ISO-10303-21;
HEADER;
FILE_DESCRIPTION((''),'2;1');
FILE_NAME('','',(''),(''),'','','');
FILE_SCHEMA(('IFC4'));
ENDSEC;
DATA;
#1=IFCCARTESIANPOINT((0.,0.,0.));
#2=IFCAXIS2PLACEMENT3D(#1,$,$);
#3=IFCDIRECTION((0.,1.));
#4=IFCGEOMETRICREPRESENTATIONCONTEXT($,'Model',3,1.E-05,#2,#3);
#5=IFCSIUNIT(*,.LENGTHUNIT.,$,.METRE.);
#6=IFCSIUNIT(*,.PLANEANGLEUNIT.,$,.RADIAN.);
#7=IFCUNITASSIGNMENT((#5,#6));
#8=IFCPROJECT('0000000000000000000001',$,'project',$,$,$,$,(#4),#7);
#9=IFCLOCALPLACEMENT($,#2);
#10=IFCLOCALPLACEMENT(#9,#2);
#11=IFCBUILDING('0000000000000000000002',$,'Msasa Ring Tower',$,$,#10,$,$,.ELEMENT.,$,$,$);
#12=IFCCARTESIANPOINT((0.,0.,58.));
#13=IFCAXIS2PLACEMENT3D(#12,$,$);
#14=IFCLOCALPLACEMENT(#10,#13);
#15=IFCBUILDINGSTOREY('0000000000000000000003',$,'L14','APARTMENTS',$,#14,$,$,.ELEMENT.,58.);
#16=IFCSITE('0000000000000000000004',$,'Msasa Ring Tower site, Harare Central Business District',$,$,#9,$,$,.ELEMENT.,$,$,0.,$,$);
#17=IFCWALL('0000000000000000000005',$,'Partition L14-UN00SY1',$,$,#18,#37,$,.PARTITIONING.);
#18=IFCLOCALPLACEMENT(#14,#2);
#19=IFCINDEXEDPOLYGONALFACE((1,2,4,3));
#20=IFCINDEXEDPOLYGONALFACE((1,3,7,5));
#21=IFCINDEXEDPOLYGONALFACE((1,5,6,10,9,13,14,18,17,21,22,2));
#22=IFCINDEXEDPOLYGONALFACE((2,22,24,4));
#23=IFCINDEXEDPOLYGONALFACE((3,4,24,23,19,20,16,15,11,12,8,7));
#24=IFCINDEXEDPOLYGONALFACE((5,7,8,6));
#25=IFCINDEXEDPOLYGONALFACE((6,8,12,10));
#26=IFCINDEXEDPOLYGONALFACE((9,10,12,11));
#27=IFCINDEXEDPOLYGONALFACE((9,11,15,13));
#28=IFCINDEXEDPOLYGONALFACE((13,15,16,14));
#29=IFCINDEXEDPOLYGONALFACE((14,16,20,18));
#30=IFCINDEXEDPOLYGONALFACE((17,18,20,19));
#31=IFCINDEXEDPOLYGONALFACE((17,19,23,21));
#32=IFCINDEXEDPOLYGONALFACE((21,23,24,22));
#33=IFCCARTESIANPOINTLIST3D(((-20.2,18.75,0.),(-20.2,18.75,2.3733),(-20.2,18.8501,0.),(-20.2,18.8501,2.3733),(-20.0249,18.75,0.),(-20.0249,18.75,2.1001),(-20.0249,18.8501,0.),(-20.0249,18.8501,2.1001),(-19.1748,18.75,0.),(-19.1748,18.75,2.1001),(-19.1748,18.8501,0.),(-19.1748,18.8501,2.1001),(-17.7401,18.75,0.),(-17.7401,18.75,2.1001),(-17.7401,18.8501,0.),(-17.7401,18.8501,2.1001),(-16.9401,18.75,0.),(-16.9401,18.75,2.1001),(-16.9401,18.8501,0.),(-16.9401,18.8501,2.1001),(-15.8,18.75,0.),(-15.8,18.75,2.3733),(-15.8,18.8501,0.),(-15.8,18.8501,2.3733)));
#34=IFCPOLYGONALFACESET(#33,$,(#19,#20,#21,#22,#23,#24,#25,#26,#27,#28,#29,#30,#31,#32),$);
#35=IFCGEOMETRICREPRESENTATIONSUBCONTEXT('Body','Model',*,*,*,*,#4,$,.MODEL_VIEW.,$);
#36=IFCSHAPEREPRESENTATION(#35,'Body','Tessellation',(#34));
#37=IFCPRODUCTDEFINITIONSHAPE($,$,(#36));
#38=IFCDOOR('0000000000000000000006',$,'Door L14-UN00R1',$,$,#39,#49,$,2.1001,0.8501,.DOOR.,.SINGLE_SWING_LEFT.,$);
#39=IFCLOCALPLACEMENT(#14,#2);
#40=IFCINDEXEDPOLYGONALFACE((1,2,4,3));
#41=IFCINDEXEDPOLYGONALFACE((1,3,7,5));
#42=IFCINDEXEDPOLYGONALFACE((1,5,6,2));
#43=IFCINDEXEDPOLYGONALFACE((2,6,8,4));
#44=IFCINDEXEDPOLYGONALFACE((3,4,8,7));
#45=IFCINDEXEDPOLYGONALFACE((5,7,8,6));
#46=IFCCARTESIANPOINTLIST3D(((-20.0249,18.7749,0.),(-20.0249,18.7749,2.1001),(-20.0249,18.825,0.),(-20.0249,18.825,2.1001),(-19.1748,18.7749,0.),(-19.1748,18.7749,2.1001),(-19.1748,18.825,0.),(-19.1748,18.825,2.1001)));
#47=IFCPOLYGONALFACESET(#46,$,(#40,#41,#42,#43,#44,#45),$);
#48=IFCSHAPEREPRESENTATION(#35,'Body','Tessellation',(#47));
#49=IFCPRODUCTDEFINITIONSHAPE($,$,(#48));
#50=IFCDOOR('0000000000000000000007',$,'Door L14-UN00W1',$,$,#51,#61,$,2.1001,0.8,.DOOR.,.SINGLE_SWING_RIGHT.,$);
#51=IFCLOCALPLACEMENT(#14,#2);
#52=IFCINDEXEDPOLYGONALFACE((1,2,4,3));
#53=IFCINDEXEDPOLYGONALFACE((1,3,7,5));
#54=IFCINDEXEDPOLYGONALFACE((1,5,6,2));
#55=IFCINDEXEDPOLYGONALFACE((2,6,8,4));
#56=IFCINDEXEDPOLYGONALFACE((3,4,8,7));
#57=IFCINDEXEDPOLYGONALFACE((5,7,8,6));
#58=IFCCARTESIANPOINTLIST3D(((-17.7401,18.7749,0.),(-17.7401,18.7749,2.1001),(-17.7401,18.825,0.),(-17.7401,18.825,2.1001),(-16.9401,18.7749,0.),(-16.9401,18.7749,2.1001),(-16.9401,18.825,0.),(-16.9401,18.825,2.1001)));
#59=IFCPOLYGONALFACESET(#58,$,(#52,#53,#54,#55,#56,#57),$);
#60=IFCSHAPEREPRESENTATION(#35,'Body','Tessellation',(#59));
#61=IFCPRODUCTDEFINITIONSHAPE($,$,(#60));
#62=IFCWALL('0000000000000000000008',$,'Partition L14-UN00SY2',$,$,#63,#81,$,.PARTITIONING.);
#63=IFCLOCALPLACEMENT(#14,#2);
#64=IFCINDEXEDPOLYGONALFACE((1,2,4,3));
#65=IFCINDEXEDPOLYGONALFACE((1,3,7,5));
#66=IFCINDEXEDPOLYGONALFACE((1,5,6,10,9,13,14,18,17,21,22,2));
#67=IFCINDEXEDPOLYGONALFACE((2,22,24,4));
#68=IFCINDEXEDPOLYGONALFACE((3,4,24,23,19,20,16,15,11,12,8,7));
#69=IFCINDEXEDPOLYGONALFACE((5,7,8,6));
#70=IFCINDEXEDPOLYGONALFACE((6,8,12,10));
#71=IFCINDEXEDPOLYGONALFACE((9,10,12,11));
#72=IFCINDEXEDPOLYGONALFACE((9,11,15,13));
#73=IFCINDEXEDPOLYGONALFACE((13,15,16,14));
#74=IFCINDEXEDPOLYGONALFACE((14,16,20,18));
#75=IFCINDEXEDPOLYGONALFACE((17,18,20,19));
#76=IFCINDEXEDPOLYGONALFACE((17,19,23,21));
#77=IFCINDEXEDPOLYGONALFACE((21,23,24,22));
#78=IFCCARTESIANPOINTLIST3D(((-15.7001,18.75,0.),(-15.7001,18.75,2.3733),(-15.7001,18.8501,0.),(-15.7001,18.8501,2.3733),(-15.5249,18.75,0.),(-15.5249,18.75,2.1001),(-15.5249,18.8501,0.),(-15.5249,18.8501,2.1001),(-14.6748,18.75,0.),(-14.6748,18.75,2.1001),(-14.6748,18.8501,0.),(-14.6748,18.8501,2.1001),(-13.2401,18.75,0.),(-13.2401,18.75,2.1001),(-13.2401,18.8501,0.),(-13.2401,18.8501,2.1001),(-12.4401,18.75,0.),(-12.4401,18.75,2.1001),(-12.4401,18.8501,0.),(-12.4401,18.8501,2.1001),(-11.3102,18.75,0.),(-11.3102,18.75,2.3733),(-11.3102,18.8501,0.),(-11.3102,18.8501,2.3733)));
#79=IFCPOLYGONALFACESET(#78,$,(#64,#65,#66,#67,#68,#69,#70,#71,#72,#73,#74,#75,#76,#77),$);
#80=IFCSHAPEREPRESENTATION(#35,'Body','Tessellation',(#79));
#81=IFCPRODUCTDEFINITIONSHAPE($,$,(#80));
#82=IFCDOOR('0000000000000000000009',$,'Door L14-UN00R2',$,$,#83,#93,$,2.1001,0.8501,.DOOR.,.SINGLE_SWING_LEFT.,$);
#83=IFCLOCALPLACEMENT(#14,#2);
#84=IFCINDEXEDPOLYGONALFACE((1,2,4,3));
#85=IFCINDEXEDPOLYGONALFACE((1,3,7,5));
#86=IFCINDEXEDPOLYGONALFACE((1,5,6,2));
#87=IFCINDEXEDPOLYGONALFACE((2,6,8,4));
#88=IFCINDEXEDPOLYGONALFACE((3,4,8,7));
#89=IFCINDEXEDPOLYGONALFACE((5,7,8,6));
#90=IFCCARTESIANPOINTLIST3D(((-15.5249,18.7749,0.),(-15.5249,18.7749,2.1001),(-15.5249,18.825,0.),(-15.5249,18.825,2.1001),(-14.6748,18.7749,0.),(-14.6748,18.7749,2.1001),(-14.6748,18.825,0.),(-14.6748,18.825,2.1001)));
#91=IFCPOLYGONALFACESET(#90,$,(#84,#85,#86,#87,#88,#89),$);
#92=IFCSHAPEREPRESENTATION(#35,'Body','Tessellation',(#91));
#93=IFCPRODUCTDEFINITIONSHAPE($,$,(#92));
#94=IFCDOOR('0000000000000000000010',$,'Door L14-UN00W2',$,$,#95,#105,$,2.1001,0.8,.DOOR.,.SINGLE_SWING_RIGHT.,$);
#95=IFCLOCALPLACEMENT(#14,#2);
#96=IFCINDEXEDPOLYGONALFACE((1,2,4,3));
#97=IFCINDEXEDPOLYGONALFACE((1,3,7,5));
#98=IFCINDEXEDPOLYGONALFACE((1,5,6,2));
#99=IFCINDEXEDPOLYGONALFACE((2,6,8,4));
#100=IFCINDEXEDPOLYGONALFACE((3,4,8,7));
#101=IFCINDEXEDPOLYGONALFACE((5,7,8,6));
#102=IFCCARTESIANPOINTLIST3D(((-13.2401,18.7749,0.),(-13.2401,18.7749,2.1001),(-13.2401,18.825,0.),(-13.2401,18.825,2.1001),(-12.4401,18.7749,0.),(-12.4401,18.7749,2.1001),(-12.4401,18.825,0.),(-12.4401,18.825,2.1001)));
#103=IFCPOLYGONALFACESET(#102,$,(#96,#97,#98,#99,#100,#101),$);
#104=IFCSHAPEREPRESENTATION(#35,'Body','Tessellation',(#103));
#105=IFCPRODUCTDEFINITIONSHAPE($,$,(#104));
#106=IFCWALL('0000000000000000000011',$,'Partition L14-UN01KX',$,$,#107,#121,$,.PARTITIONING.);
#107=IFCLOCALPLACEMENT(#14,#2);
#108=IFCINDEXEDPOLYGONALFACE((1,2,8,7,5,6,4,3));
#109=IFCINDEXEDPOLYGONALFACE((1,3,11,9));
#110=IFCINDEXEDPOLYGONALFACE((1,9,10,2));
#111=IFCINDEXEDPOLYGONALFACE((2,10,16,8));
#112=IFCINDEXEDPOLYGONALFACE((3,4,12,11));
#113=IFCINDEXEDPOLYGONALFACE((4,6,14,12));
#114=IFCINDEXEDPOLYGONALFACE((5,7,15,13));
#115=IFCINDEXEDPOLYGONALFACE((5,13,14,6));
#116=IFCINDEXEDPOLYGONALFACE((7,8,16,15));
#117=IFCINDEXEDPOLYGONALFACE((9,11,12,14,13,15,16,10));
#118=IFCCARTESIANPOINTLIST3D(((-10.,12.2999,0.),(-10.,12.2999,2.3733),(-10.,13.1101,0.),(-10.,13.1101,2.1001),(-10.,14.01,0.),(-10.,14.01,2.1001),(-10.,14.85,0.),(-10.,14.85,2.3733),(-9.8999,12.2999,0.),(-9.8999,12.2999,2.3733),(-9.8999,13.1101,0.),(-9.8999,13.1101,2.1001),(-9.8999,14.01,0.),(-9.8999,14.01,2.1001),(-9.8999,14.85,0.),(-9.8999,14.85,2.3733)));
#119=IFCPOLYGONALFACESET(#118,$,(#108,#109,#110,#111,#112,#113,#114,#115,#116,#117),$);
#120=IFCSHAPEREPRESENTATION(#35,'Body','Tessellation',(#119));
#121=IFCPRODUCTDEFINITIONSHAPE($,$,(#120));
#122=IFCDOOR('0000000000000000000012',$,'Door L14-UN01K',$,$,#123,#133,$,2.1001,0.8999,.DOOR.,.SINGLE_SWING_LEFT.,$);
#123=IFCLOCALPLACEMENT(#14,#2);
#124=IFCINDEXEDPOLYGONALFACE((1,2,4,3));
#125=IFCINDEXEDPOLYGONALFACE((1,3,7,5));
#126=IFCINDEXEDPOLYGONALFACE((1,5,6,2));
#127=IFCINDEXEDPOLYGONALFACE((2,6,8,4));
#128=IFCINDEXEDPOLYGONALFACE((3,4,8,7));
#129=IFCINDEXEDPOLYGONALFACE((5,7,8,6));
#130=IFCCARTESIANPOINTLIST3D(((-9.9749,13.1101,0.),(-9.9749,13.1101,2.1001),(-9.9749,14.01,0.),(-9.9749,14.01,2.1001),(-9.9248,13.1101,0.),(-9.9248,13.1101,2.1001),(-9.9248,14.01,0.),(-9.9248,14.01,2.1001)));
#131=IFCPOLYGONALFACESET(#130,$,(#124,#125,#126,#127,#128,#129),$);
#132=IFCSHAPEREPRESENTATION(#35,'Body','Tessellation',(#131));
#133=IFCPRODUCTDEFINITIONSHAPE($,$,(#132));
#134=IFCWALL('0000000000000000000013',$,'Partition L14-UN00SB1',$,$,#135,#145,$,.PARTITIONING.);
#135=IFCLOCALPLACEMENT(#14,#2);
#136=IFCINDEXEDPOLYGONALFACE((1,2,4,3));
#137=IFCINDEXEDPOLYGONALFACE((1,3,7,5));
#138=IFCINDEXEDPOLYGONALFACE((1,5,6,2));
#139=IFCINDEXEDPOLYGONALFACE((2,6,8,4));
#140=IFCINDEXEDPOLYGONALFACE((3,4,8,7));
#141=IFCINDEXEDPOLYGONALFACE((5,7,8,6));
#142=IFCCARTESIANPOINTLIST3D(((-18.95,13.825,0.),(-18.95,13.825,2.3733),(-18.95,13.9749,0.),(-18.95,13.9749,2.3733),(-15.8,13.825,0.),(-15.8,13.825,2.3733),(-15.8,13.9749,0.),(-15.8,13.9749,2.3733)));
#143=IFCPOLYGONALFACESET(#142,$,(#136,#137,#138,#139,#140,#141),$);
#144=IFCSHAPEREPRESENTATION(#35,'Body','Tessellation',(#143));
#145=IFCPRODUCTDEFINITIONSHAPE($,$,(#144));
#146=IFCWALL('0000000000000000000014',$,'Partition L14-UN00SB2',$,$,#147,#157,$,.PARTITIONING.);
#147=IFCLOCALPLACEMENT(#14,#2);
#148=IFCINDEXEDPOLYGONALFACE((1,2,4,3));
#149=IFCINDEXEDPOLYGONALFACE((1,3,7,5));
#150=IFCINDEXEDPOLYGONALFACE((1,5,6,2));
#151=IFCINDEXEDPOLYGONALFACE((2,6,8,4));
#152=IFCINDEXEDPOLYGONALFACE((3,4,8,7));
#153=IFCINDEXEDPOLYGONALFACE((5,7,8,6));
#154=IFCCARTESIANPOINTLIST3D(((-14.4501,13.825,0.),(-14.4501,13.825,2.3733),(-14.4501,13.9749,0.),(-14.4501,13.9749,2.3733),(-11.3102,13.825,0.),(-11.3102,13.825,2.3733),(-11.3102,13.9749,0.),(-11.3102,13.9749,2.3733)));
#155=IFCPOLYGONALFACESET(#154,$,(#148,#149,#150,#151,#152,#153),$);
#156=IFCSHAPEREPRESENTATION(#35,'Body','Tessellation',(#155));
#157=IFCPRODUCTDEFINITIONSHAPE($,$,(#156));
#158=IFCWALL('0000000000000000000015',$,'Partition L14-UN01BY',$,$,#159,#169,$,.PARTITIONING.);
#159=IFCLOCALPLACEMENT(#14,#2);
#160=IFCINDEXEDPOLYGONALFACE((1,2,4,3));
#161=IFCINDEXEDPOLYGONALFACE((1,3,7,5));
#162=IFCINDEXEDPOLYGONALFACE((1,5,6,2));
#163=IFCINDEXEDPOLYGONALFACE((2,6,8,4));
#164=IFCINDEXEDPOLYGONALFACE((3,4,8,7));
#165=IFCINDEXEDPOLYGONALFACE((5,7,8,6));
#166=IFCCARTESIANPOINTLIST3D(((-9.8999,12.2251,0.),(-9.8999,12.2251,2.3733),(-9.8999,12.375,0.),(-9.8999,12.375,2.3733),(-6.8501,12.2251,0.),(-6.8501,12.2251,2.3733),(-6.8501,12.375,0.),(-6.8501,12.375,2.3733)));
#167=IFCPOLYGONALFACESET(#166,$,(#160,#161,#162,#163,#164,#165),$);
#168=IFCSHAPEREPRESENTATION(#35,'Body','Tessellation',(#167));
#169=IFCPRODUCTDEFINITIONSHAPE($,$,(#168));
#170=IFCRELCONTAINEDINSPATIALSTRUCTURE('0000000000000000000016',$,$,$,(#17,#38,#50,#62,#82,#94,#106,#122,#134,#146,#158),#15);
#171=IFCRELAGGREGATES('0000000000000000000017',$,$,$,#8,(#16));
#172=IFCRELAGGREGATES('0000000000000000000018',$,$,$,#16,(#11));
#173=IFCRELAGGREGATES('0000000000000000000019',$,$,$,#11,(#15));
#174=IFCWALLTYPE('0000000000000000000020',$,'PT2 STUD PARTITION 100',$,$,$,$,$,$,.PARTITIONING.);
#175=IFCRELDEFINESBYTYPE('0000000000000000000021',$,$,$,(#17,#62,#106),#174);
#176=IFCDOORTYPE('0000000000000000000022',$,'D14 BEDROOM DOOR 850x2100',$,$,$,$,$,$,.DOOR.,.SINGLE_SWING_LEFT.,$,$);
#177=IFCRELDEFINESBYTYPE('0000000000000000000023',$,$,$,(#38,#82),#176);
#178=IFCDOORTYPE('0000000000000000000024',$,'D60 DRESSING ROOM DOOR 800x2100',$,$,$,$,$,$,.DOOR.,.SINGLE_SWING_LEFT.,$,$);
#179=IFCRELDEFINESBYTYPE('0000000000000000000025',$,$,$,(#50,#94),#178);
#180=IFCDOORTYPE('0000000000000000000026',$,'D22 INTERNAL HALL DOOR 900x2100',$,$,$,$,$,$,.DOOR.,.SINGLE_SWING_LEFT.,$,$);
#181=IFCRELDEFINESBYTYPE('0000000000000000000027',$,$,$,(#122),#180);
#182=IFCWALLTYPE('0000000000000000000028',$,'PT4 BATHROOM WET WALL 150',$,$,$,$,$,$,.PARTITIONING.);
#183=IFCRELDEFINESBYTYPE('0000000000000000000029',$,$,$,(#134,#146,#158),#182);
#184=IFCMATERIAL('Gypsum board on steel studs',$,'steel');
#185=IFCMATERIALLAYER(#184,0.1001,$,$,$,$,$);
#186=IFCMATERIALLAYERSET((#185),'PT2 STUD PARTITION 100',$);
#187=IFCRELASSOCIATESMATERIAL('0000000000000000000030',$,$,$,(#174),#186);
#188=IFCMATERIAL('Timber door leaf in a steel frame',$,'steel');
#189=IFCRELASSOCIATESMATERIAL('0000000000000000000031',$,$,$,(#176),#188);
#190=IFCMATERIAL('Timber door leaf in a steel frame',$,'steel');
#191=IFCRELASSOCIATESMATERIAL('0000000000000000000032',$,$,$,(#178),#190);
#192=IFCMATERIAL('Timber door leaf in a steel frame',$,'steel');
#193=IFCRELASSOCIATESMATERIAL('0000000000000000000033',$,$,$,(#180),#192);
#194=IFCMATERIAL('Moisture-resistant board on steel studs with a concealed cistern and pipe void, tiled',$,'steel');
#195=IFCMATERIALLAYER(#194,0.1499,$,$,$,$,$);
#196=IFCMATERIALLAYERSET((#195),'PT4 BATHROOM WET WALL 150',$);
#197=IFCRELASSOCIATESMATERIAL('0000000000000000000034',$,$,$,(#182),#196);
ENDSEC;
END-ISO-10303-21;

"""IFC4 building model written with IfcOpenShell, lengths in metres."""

from ifc_helpers import new_model, si_unit, direction, frame, frame_2d, origin, place, context, subcontext, project, spatial, rectangle, extrude, material, layer, layer_set, type_object, element, fill, save


model = new_model("IFC4")

# Units and contexts
model_context = context("Model", 3, precision=1e-05, world=origin(), true_north=direction((0.0, 1.0)))
body_context = subcontext(model_context, "Body", "Model", "MODEL_VIEW")
ifc_project = project(units=[si_unit("LENGTHUNIT", "METRE"), si_unit("PLANEANGLEUNIT", "RADIAN")], contexts=[model_context])

# Site, building, storey
site_placement = place(None, origin())
site = spatial("IfcSite", under=ifc_project, at=site_placement, Name="Msasa Ring Tower site, Harare Central Business District", CompositionType="ELEMENT", RefElevation=0.0)
building_placement = place(site_placement, origin())
building = spatial("IfcBuilding", under=site, at=building_placement, Name="Msasa Ring Tower", CompositionType="ELEMENT")
storey_placement = place(building_placement, frame((0.0, 0.0, 58.0)))
storey = spatial("IfcBuildingStorey", under=building, at=storey_placement, Name="L14", Description="APARTMENTS", CompositionType="ELEMENT", Elevation=58.0)

# Walls, openings, doors
ifc_material_1 = material(Name="Gypsum board on steel studs", Category="steel")
ifc_layer_1 = layer(ifc_material_1, 0.1001)
ifc_layer_set_1 = layer_set([ifc_layer_1], Name="PT2 STUD PARTITION 100")
wall_type_1 = type_object("IfcWallType", Name="PT2 STUD PARTITION 100", PredefinedType="PARTITIONING", material=ifc_layer_set_1)
wall_1_placement = place(storey_placement, frame((-20.2, 18.8, 0.0), z_axis=(0.0, 0.0, 1.0), x_axis=(1.0, 0.0, 0.0)))
wall_1 = element("IfcWall", 1, at=wall_1_placement, inside=storey, type_object=wall_type_1, Name="Partition L14-UN00SY1", PredefinedType="PARTITIONING", context=body_context, shape_type="SweptSolid", body=[
    extrude(rectangle(XDim=4.3999, YDim=0.1001, at=frame_2d((2.2, 0.0))), origin(), (0.0, 0.0, 1.0), 2.3733),
])
opening_1_placement = place(wall_1_placement, frame((0.175, 0.0, 0.0)))
opening_1 = element("IfcOpeningElement", 2, at=opening_1_placement, cuts=wall_1, PredefinedType="OPENING", context=body_context, shape_type="SweptSolid", body=[
    extrude(rectangle(XDim=0.8501, YDim=2.1001, at=frame_2d((0.425, 1.05))), frame((0.0, 0.0601, 0.0), z_axis=(0.0, -1.0, 0.0), x_axis=(1.0, 0.0, 0.0)), (0.0, 0.0, 1.0), 0.1201),
])
opening_2_placement = place(wall_1_placement, frame((2.46, 0.0, 0.0)))
opening_2 = element("IfcOpeningElement", 3, at=opening_2_placement, cuts=wall_1, PredefinedType="OPENING", context=body_context, shape_type="SweptSolid", body=[
    extrude(rectangle(XDim=0.8, YDim=2.1001, at=frame_2d((0.3999, 1.05))), frame((0.0, 0.0601, 0.0), z_axis=(0.0, -1.0, 0.0), x_axis=(1.0, 0.0, 0.0)), (0.0, 0.0, 1.0), 0.1201),
])
ifc_material_2 = material(Name="Timber door leaf in a steel frame", Category="steel")
door_type_1 = type_object("IfcDoorType", Name="D14 BEDROOM DOOR 850x2100", OperationType="SINGLE_SWING_LEFT", PredefinedType="DOOR", material=ifc_material_2)
door_1_placement = place(opening_1_placement, origin())
door_1 = element("IfcDoor", 4, at=door_1_placement, inside=storey, type_object=door_type_1, Name="Door L14-UN00R1", OperationType="SINGLE_SWING_LEFT", OverallHeight=2.1001, OverallWidth=0.8501, PredefinedType="DOOR", context=body_context, shape_type="SweptSolid", body=[
    extrude(rectangle(XDim=0.8501, YDim=2.1001, at=frame_2d((0.425, 1.05))), frame((0.0, 0.0249, 0.0), z_axis=(0.0, -1.0, 0.0), x_axis=(1.0, 0.0, 0.0)), (0.0, 0.0, 1.0), 0.05),
])
fill(opening_1, door_1)
ifc_material_3 = material(Name="Timber door leaf in a steel frame", Category="steel")
door_type_2 = type_object("IfcDoorType", Name="D60 DRESSING ROOM DOOR 800x2100", OperationType="SINGLE_SWING_LEFT", PredefinedType="DOOR", material=ifc_material_3)
door_2_placement = place(opening_2_placement, origin())
door_2 = element("IfcDoor", 5, at=door_2_placement, inside=storey, type_object=door_type_2, Name="Door L14-UN00W1", OperationType="SINGLE_SWING_RIGHT", OverallHeight=2.1001, OverallWidth=0.8, PredefinedType="DOOR", context=body_context, shape_type="SweptSolid", body=[
    extrude(rectangle(XDim=0.8, YDim=2.1001, at=frame_2d((0.3999, 1.05))), frame((0.0, 0.0249, 0.0), z_axis=(0.0, -1.0, 0.0), x_axis=(1.0, 0.0, 0.0)), (0.0, 0.0, 1.0), 0.05),
])
fill(opening_2, door_2)
wall_2_placement = place(storey_placement, frame((-15.7, 18.8, 0.0), z_axis=(0.0, 0.0, 1.0), x_axis=(1.0, 0.0, 0.0)))
wall_2 = element("IfcWall", 6, at=wall_2_placement, inside=storey, type_object=wall_type_1, Name="Partition L14-UN00SY2", PredefinedType="PARTITIONING", context=body_context, shape_type="SweptSolid", body=[
    extrude(rectangle(XDim=4.3899, YDim=0.1001, at=frame_2d((2.1948, 0.0))), origin(), (0.0, 0.0, 1.0), 2.3733),
])
opening_3_placement = place(wall_2_placement, frame((0.175, 0.0, 0.0)))
opening_3 = element("IfcOpeningElement", 7, at=opening_3_placement, cuts=wall_2, PredefinedType="OPENING", context=body_context, shape_type="SweptSolid", body=[
    extrude(rectangle(XDim=0.8501, YDim=2.1001, at=frame_2d((0.425, 1.05))), frame((0.0, 0.0601, 0.0), z_axis=(0.0, -1.0, 0.0), x_axis=(1.0, 0.0, 0.0)), (0.0, 0.0, 1.0), 0.1201),
])
opening_4_placement = place(wall_2_placement, frame((2.46, 0.0, 0.0)))
opening_4 = element("IfcOpeningElement", 8, at=opening_4_placement, cuts=wall_2, PredefinedType="OPENING", context=body_context, shape_type="SweptSolid", body=[
    extrude(rectangle(XDim=0.8, YDim=2.1001, at=frame_2d((0.3999, 1.05))), frame((0.0, 0.0601, 0.0), z_axis=(0.0, -1.0, 0.0), x_axis=(1.0, 0.0, 0.0)), (0.0, 0.0, 1.0), 0.1201),
])
door_3_placement = place(opening_3_placement, origin())
door_3 = element("IfcDoor", 9, at=door_3_placement, inside=storey, type_object=door_type_1, Name="Door L14-UN00R2", OperationType="SINGLE_SWING_LEFT", OverallHeight=2.1001, OverallWidth=0.8501, PredefinedType="DOOR", context=body_context, shape_type="SweptSolid", body=[
    extrude(rectangle(XDim=0.8501, YDim=2.1001, at=frame_2d((0.425, 1.05))), frame((0.0, 0.0249, 0.0), z_axis=(0.0, -1.0, 0.0), x_axis=(1.0, 0.0, 0.0)), (0.0, 0.0, 1.0), 0.05),
])
fill(opening_3, door_3)
door_4_placement = place(opening_4_placement, origin())
door_4 = element("IfcDoor", 10, at=door_4_placement, inside=storey, type_object=door_type_2, Name="Door L14-UN00W2", OperationType="SINGLE_SWING_RIGHT", OverallHeight=2.1001, OverallWidth=0.8, PredefinedType="DOOR", context=body_context, shape_type="SweptSolid", body=[
    extrude(rectangle(XDim=0.8, YDim=2.1001, at=frame_2d((0.3999, 1.05))), frame((0.0, 0.0249, 0.0), z_axis=(0.0, -1.0, 0.0), x_axis=(1.0, 0.0, 0.0)), (0.0, 0.0, 1.0), 0.05),
])
fill(opening_4, door_4)

# Wall, opening, door
wall_3_placement = place(storey_placement, frame((-9.95, 12.3, 0.0), z_axis=(0.0, 0.0, 1.0), x_axis=(0.0, 1.0, 0.0)))
wall_3 = element("IfcWall", 11, at=wall_3_placement, inside=storey, type_object=wall_type_1, Name="Partition L14-UN01KX", PredefinedType="PARTITIONING", context=body_context, shape_type="SweptSolid", body=[
    extrude(rectangle(XDim=2.55, YDim=0.1001, at=frame_2d((1.2749, 0.0))), origin(), (0.0, 0.0, 1.0), 2.3733),
])
opening_5_placement = place(wall_3_placement, frame((0.8101, 0.0, 0.0)))
opening_5 = element("IfcOpeningElement", 12, at=opening_5_placement, cuts=wall_3, PredefinedType="OPENING", context=body_context, shape_type="SweptSolid", body=[
    extrude(rectangle(XDim=0.8999, YDim=2.1001, at=frame_2d((0.45, 1.05))), frame((0.0, 0.0601, 0.0), z_axis=(0.0, -1.0, 0.0), x_axis=(1.0, 0.0, 0.0)), (0.0, 0.0, 1.0), 0.1201),
])
ifc_material_4 = material(Name="Timber door leaf in a steel frame", Category="steel")
door_type_3 = type_object("IfcDoorType", Name="D22 INTERNAL HALL DOOR 900x2100", OperationType="SINGLE_SWING_LEFT", PredefinedType="DOOR", material=ifc_material_4)
door_5_placement = place(opening_5_placement, origin())
door_5 = element("IfcDoor", 13, at=door_5_placement, inside=storey, type_object=door_type_3, Name="Door L14-UN01K", OperationType="SINGLE_SWING_LEFT", OverallHeight=2.1001, OverallWidth=0.8999, PredefinedType="DOOR", context=body_context, shape_type="SweptSolid", body=[
    extrude(rectangle(XDim=0.8999, YDim=2.1001, at=frame_2d((0.45, 1.05))), frame((0.0, 0.0249, 0.0), z_axis=(0.0, -1.0, 0.0), x_axis=(1.0, 0.0, 0.0)), (0.0, 0.0, 1.0), 0.05),
])
fill(opening_5, door_5)

# Walls
ifc_material_5 = material(Name="Moisture-resistant board on steel studs with a concealed cistern and pipe void, tiled", Category="steel")
ifc_layer_2 = layer(ifc_material_5, 0.1499)
ifc_layer_set_2 = layer_set([ifc_layer_2], Name="PT4 BATHROOM WET WALL 150")
wall_type_2 = type_object("IfcWallType", Name="PT4 BATHROOM WET WALL 150", PredefinedType="PARTITIONING", material=ifc_layer_set_2)
wall_4_placement = place(storey_placement, frame((-18.95, 13.8999, 0.0), z_axis=(0.0, 0.0, 1.0), x_axis=(1.0, 0.0, 0.0)))
element("IfcWall", 14, at=wall_4_placement, inside=storey, type_object=wall_type_2, Name="Partition L14-UN00SB1", PredefinedType="PARTITIONING", context=body_context, shape_type="SweptSolid", body=[
    extrude(rectangle(XDim=3.1499, YDim=0.1499, at=frame_2d((1.575, 0.0))), origin(), (0.0, 0.0, 1.0), 2.3733),
])
wall_5_placement = place(storey_placement, frame((-14.45, 13.8999, 0.0), z_axis=(0.0, 0.0, 1.0), x_axis=(1.0, 0.0, 0.0)))
element("IfcWall", 15, at=wall_5_placement, inside=storey, type_object=wall_type_2, Name="Partition L14-UN00SB2", PredefinedType="PARTITIONING", context=body_context, shape_type="SweptSolid", body=[
    extrude(rectangle(XDim=3.1399, YDim=0.1499, at=frame_2d((1.5698, 0.0))), origin(), (0.0, 0.0, 1.0), 2.3733),
])
wall_6_placement = place(storey_placement, frame((-9.8999, 12.3, 0.0), z_axis=(0.0, 0.0, 1.0), x_axis=(1.0, 0.0, 0.0)))
element("IfcWall", 16, at=wall_6_placement, inside=storey, type_object=wall_type_2, Name="Partition L14-UN01BY", PredefinedType="PARTITIONING", context=body_context, shape_type="SweptSolid", body=[
    extrude(rectangle(XDim=3.0498, YDim=0.1499, at=frame_2d((1.5249, 0.0))), origin(), (0.0, 0.0, 1.0), 2.3733),
])

save(model, "model.ifc")
